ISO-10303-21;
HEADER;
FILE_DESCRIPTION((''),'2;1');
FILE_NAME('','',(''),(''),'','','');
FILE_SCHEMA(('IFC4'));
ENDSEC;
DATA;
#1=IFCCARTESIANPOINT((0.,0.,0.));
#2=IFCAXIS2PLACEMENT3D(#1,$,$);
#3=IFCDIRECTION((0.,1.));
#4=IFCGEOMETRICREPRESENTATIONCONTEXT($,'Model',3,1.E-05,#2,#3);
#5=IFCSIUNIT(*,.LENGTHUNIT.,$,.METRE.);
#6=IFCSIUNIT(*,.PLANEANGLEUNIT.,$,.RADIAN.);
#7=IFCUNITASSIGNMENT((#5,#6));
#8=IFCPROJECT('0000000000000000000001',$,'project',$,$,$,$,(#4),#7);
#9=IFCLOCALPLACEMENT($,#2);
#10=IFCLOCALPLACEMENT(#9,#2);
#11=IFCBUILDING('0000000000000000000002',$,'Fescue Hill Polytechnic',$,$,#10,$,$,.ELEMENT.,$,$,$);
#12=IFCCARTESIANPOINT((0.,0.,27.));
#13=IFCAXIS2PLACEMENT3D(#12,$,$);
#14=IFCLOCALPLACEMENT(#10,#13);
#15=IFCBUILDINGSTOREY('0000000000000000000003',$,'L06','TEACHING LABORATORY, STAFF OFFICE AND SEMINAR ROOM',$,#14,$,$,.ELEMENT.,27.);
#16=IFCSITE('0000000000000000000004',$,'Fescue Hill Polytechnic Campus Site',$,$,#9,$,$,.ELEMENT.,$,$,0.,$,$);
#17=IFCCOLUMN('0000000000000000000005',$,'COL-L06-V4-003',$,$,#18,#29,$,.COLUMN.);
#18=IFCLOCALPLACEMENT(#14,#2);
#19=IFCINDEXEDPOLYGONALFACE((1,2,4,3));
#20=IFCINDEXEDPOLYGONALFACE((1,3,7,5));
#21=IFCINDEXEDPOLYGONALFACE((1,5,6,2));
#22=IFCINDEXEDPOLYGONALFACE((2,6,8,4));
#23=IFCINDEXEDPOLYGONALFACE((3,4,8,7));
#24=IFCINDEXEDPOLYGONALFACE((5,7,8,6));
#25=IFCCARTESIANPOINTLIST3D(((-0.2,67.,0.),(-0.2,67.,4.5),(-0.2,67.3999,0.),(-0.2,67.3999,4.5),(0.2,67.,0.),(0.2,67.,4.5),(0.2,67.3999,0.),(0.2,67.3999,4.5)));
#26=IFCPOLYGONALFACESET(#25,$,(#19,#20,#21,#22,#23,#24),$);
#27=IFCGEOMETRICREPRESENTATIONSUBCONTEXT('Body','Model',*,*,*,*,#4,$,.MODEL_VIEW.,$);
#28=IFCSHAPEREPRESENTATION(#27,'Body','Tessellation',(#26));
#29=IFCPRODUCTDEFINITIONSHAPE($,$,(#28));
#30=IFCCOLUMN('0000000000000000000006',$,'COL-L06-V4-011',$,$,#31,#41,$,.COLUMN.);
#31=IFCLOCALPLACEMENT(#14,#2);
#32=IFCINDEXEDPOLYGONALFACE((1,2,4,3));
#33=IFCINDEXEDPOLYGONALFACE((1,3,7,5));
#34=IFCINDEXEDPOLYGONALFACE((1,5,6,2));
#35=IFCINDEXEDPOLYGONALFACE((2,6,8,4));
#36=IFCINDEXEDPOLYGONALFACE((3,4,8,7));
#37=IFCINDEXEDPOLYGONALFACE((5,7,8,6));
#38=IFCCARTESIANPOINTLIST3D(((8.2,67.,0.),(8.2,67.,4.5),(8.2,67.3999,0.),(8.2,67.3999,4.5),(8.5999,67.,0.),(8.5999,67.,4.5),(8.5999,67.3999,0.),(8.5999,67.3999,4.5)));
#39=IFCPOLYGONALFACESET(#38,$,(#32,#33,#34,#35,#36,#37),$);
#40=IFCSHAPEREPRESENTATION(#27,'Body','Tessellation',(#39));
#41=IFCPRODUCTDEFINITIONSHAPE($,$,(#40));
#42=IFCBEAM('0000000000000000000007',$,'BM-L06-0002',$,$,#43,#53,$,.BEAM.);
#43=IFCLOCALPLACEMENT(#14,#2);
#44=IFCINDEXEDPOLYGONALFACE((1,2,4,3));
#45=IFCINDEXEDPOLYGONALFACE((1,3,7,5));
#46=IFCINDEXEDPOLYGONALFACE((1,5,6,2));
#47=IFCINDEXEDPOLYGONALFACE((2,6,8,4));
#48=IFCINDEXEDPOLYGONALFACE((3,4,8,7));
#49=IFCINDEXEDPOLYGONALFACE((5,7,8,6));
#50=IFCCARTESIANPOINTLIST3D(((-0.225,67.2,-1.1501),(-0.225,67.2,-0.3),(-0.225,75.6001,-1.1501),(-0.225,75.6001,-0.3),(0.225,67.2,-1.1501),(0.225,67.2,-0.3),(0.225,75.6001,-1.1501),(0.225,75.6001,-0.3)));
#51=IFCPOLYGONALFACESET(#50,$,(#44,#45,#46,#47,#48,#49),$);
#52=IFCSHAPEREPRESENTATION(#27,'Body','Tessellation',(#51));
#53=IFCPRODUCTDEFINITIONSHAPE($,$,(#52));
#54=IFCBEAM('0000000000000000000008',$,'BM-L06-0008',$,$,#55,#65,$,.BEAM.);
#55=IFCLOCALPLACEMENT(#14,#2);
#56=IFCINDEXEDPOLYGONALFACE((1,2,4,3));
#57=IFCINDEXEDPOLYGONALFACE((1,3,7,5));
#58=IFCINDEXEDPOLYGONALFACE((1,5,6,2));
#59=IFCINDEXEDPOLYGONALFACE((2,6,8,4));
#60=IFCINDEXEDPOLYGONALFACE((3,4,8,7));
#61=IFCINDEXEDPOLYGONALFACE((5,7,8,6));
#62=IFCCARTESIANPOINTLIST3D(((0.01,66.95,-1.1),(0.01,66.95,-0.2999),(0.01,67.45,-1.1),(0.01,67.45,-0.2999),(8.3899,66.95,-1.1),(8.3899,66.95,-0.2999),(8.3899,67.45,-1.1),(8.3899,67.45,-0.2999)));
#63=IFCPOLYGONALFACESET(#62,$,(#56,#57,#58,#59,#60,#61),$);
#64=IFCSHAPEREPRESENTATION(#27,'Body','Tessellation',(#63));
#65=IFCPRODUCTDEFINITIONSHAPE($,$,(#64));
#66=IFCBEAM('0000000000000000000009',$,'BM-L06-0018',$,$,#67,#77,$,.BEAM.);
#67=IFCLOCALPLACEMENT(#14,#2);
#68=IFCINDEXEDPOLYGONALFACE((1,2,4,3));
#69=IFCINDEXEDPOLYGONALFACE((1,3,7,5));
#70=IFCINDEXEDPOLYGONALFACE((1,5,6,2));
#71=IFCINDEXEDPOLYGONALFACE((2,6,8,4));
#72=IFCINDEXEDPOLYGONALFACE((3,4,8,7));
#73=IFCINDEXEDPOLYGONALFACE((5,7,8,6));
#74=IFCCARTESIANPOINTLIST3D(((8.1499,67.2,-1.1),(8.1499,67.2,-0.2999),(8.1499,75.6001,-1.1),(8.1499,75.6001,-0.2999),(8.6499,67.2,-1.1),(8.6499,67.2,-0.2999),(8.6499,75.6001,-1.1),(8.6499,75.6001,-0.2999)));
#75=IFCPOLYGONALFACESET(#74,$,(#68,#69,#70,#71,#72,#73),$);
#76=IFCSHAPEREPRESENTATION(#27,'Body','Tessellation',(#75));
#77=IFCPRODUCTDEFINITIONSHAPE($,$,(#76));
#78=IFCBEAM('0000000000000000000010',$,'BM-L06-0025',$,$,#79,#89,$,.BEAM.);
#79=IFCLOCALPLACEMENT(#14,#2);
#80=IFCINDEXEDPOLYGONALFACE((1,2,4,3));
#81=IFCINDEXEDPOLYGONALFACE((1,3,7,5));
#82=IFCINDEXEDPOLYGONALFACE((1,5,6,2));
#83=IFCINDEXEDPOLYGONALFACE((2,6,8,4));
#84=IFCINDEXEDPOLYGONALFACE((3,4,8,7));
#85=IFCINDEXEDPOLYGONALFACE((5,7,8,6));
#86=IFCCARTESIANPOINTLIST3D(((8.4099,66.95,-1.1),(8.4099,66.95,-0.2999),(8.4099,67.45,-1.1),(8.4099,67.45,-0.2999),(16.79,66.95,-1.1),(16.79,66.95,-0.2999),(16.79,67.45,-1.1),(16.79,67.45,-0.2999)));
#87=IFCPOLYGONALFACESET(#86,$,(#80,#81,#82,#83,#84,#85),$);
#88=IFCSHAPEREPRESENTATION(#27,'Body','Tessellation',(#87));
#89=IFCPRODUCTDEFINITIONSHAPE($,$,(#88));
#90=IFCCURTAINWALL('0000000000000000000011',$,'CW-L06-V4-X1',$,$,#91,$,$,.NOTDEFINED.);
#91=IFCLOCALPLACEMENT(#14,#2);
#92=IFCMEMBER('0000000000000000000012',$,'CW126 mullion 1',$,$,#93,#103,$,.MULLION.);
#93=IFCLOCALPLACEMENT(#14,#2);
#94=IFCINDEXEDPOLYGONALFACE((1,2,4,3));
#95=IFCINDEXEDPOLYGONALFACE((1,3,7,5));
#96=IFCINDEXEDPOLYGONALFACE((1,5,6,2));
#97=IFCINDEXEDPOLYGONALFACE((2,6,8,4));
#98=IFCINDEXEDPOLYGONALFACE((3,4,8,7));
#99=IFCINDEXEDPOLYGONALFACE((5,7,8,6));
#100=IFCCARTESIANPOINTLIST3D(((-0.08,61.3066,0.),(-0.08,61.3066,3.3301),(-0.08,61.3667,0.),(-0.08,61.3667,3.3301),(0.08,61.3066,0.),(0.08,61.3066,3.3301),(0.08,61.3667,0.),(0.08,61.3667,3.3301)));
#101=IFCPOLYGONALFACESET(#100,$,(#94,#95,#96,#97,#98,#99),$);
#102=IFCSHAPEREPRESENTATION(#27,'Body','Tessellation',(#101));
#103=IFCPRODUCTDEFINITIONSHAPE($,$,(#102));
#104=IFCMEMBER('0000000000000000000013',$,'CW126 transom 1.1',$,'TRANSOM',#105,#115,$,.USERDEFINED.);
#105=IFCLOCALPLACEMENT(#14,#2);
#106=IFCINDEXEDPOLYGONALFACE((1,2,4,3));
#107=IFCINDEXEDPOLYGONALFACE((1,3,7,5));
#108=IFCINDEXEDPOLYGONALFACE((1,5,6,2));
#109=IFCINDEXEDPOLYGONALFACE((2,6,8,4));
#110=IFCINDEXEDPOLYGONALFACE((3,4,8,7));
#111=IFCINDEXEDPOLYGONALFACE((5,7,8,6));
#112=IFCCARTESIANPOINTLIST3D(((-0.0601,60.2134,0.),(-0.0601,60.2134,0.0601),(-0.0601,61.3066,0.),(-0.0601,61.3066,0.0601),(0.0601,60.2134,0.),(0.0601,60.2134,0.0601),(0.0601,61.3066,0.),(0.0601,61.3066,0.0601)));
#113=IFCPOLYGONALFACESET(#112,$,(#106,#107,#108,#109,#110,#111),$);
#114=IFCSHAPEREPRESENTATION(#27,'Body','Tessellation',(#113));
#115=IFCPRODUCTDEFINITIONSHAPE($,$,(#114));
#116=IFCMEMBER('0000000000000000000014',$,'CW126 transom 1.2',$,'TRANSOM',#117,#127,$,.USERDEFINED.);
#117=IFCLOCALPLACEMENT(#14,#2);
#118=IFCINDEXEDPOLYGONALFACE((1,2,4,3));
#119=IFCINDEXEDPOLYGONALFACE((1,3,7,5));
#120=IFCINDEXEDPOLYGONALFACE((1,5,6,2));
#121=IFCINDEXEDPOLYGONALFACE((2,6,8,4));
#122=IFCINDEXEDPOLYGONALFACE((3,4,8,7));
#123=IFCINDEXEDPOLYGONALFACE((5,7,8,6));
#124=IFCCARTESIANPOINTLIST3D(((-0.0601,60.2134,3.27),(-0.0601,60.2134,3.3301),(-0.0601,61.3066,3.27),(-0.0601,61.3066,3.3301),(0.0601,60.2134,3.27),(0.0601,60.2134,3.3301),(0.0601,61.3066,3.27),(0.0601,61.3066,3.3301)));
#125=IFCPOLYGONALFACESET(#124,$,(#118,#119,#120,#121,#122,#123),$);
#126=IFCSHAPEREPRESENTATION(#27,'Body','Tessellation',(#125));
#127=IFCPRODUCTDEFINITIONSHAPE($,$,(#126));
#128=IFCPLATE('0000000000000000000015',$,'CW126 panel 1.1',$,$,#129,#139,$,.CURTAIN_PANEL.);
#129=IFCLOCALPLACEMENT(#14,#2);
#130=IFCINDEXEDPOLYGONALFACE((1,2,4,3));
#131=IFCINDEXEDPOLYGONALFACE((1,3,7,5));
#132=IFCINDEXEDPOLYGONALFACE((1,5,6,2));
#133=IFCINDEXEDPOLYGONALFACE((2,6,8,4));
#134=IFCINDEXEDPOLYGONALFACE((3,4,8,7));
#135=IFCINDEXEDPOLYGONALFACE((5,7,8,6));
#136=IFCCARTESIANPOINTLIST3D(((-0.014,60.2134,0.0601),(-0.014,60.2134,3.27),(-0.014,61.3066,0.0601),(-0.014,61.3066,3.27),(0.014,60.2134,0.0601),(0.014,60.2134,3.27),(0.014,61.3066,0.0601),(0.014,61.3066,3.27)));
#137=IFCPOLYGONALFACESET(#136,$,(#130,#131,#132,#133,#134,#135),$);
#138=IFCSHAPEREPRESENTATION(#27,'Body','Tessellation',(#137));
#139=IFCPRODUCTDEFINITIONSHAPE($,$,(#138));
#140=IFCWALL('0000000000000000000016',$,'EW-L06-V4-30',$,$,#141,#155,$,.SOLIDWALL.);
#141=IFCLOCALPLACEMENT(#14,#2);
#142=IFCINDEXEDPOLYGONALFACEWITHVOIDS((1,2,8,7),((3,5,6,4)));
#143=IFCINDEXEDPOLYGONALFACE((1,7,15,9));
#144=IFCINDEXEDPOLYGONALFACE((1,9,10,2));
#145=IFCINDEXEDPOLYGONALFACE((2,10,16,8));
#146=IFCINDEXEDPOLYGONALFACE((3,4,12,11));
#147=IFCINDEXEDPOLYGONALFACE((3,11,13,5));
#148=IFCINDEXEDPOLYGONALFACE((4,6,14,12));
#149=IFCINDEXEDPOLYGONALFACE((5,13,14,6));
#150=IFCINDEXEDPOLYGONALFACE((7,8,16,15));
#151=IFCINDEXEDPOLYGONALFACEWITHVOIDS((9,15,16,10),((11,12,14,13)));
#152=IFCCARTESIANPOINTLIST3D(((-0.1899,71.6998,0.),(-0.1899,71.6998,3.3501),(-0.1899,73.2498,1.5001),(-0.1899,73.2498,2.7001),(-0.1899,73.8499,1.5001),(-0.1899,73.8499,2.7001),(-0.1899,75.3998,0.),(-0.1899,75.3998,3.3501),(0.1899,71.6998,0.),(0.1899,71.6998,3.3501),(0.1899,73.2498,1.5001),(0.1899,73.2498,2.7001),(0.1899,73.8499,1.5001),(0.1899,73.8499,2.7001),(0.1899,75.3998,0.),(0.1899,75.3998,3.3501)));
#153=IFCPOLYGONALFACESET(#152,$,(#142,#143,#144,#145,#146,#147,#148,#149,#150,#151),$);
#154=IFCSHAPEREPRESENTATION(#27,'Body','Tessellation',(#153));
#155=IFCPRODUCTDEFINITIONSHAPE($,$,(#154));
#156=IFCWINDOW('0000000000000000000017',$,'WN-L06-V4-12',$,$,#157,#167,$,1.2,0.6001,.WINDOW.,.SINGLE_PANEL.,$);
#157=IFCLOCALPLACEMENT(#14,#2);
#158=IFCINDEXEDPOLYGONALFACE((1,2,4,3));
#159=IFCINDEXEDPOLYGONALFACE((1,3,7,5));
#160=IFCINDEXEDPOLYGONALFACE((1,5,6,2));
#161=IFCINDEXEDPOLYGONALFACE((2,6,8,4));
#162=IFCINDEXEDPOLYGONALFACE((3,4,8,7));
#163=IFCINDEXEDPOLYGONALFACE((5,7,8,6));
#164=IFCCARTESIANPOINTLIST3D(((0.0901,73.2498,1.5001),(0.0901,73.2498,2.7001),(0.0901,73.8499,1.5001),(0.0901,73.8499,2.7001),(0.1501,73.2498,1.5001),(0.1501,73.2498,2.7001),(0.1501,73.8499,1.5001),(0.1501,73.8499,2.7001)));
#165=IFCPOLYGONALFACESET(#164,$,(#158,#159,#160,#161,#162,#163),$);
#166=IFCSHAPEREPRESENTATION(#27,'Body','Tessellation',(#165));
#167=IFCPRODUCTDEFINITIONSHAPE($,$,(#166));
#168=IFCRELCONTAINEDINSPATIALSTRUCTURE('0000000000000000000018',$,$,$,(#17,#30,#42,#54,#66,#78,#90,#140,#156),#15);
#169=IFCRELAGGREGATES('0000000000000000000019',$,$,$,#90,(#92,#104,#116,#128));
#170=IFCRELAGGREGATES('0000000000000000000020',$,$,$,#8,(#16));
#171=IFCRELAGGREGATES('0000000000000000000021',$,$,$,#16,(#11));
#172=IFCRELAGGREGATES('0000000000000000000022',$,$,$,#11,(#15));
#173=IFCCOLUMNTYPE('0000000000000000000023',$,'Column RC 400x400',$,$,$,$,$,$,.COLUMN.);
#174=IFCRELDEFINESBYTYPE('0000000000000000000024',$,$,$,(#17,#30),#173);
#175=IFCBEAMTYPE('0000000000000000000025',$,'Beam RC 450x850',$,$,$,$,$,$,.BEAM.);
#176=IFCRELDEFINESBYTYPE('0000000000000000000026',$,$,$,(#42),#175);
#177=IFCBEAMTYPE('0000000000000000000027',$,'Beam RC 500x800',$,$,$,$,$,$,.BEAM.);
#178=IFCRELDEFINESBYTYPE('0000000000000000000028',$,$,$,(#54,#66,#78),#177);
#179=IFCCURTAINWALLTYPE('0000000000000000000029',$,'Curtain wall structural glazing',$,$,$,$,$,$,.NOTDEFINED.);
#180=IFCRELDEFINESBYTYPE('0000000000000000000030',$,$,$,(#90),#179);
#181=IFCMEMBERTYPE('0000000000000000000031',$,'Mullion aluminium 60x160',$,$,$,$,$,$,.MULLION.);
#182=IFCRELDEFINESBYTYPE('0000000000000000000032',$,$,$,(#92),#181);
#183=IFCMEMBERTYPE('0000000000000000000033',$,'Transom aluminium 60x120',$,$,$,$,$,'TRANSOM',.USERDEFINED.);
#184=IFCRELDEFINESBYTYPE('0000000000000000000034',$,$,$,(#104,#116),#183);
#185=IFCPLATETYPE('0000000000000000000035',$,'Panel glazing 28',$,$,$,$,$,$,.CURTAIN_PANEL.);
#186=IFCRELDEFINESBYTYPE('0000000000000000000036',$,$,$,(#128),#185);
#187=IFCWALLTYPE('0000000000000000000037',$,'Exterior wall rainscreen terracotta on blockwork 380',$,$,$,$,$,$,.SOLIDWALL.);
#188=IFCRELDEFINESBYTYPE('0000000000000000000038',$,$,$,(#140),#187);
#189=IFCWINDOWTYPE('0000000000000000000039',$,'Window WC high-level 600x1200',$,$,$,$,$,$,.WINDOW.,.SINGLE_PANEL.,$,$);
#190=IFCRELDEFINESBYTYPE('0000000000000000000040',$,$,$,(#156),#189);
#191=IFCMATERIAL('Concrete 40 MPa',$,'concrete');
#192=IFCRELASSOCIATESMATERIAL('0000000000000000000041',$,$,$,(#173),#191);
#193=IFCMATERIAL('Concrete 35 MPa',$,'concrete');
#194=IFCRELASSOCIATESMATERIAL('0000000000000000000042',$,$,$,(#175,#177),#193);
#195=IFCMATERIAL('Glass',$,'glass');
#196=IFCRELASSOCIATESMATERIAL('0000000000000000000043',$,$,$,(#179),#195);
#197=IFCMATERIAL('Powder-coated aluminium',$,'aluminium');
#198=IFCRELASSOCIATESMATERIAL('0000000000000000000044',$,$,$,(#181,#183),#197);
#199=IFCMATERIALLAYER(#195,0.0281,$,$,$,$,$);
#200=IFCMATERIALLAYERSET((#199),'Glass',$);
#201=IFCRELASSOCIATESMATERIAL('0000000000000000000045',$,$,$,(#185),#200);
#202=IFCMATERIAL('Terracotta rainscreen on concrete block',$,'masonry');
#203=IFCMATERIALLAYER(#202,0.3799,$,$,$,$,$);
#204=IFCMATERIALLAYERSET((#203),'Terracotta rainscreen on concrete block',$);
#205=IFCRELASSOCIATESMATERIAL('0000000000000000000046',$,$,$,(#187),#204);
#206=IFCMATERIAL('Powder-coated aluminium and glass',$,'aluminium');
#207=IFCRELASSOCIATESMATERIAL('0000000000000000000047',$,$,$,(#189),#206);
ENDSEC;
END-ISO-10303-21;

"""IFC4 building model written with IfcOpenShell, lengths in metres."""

from ifc_helpers import new_model, si_unit, direction, frame, frame_2d, origin, origin_2d, place, context, subcontext, project, spatial, rectangle, extrude, material, layer, layer_set, material_profile, profile_set, type_object, element, fill, aggregate, save


model = new_model("IFC4")

# Units and contexts
model_context = context("Model", 3, precision=1e-05, world=origin(), true_north=direction((0.0, 1.0)))
body_context = subcontext(model_context, "Body", "Model", "MODEL_VIEW")
ifc_project = project(units=[si_unit("LENGTHUNIT", "METRE"), si_unit("PLANEANGLEUNIT", "RADIAN")], contexts=[model_context])

# Site, building, storey
site_placement = place(None, origin())
site = spatial("IfcSite", under=ifc_project, at=site_placement, Name="Fescue Hill Polytechnic Campus Site", CompositionType="ELEMENT", RefElevation=0.0)
building_placement = place(site_placement, origin())
building = spatial("IfcBuilding", under=site, at=building_placement, Name="Fescue Hill Polytechnic", CompositionType="ELEMENT")
storey_placement = place(building_placement, frame((0.0, 0.0, 27.0)))
storey = spatial("IfcBuildingStorey", under=building, at=storey_placement, Name="L06", Description="TEACHING LABORATORY, STAFF OFFICE AND SEMINAR ROOM", CompositionType="ELEMENT", Elevation=27.0)

# Columns
ifc_material_1 = material(Name="Concrete 40 MPa", Category="concrete")
ifc_material_profile_1 = material_profile(ifc_material_1, rectangle(XDim=0.3999, YDim=0.3999, at=origin_2d()), Name="RC 400x400")
ifc_profile_set_1 = profile_set([ifc_material_profile_1], Name="Concrete 40 MPa")
column_type = type_object("IfcColumnType", Name="Column RC 400x400", PredefinedType="COLUMN", material=ifc_profile_set_1)
for number, where, z_axis, x_axis, name in (
    (1, (0.0, 67.2, 0.0), (0.0, 0.0, 1.0), (1.0, 0.0, 0.0), "COL-L06-V4-003"),
    (2, (8.3999, 67.2, 0.0), (0.0, 0.0, 1.0), (1.0, 0.0, 0.0), "COL-L06-V4-011"),
):
    element("IfcColumn", number, at=place(storey_placement, frame(where, z_axis=z_axis, x_axis=x_axis)), inside=storey, type_object=column_type, Name=name, PredefinedType="COLUMN", context=body_context, shape_type="SweptSolid", body=[
        extrude(rectangle(XDim=0.3999, YDim=0.3999, at=origin_2d()), origin(), (0.0, 0.0, 1.0), 4.5),
    ])

# Beams
ifc_material_2 = material(Name="Concrete 35 MPa", Category="concrete")
ifc_material_profile_2 = material_profile(ifc_material_2, rectangle(XDim=0.45, YDim=0.8501, at=origin_2d()), Name="RC 450x850")
ifc_profile_set_2 = profile_set([ifc_material_profile_2], Name="Concrete 35 MPa")
beam_type_1 = type_object("IfcBeamType", Name="Beam RC 450x850", PredefinedType="BEAM", material=ifc_profile_set_2)
beam_1_placement = place(storey_placement, frame((0.0, 67.2, -0.7251), z_axis=(0.0, 1.0, 0.0), x_axis=(-1.0, 0.0, 0.0)))
element("IfcBeam", 3, at=beam_1_placement, inside=storey, type_object=beam_type_1, Name="BM-L06-0002", PredefinedType="BEAM", context=body_context, shape_type="SweptSolid", body=[
    extrude(rectangle(XDim=0.45, YDim=0.8501, at=origin_2d()), origin(), (0.0, 0.0, 1.0), 8.4001),
])
ifc_material_profile_3 = material_profile(ifc_material_2, rectangle(XDim=0.5, YDim=0.8, at=origin_2d()), Name="RC 500x800")
ifc_profile_set_3 = profile_set([ifc_material_profile_3], Name="Concrete 35 MPa")
beam_type_2 = type_object("IfcBeamType", Name="Beam RC 500x800", PredefinedType="BEAM", material=ifc_profile_set_3)
beam_2_placement = place(storey_placement, frame((0.01, 67.2, -0.7), z_axis=(1.0, 0.0, 0.0), x_axis=(0.0, 1.0, 0.0)))
element("IfcBeam", 4, at=beam_2_placement, inside=storey, type_object=beam_type_2, Name="BM-L06-0008", PredefinedType="BEAM", context=body_context, shape_type="SweptSolid", body=[
    extrude(rectangle(XDim=0.5, YDim=0.8, at=origin_2d()), origin(), (0.0, 0.0, 1.0), 8.3799),
])
beam_3_placement = place(storey_placement, frame((8.3999, 67.2, -0.7), z_axis=(0.0, 1.0, 0.0), x_axis=(-1.0, 0.0, 0.0)))
element("IfcBeam", 5, at=beam_3_placement, inside=storey, type_object=beam_type_2, Name="BM-L06-0018", PredefinedType="BEAM", context=body_context, shape_type="SweptSolid", body=[
    extrude(rectangle(XDim=0.5, YDim=0.8, at=origin_2d()), origin(), (0.0, 0.0, 1.0), 8.4001),
])
beam_4_placement = place(storey_placement, frame((8.4099, 67.2, -0.7), z_axis=(1.0, 0.0, 0.0), x_axis=(0.0, 1.0, 0.0)))
element("IfcBeam", 6, at=beam_4_placement, inside=storey, type_object=beam_type_2, Name="BM-L06-0025", PredefinedType="BEAM", context=body_context, shape_type="SweptSolid", body=[
    extrude(rectangle(XDim=0.5, YDim=0.8, at=origin_2d()), origin(), (0.0, 0.0, 1.0), 8.3801),
])

# Curtain wall, members, plate
ifc_material_3 = material(Name="Glass", Category="glass")
curtain_wall_type = type_object("IfcCurtainWallType", Name="Curtain wall structural glazing", PredefinedType="NOTDEFINED", material=ifc_material_3)
curtain_wall_placement = place(storey_placement, origin())
curtain_wall = element("IfcCurtainWall", 7, at=curtain_wall_placement, inside=storey, type_object=curtain_wall_type, Name="CW-L06-V4-X1", PredefinedType="NOTDEFINED")
ifc_material_4 = material(Name="Powder-coated aluminium", Category="aluminium")
ifc_material_profile_4 = material_profile(ifc_material_4, rectangle(XDim=0.1599, YDim=0.0601, at=origin_2d()), Name="Mullion aluminium 60x160")
ifc_profile_set_4 = profile_set([ifc_material_profile_4], Name="Powder-coated aluminium")
member_type_1 = type_object("IfcMemberType", Name="Mullion aluminium 60x160", PredefinedType="MULLION", material=ifc_profile_set_4)
member_1_placement = place(storey_placement, frame((0.0, 61.3367, 0.0), z_axis=(0.0, 0.0, 1.0), x_axis=(1.0, 0.0, 0.0)))
member_1 = element("IfcMember", 8, at=member_1_placement, type_object=member_type_1, Name="CW126 mullion 1", PredefinedType="MULLION", context=body_context, shape_type="SweptSolid", body=[
    extrude(rectangle(XDim=0.1599, YDim=0.0601, at=origin_2d()), origin(), (0.0, 0.0, 1.0), 3.3301),
])
ifc_material_profile_5 = material_profile(ifc_material_4, rectangle(XDim=0.1201, YDim=0.0601, at=origin_2d()), Name="Transom aluminium 60x120")
ifc_profile_set_5 = profile_set([ifc_material_profile_5], Name="Powder-coated aluminium")
member_type_2 = type_object("IfcMemberType", Name="Transom aluminium 60x120", ElementType="TRANSOM", PredefinedType="USERDEFINED", material=ifc_profile_set_5)
member_2_placement = place(storey_placement, frame((0.0, 61.3066, 0.03), z_axis=(0.0, -1.0, 0.0), x_axis=(1.0, 0.0, 0.0)))
member_2 = element("IfcMember", 9, at=member_2_placement, type_object=member_type_2, Name="CW126 transom 1.1", ObjectType="TRANSOM", PredefinedType="USERDEFINED", context=body_context, shape_type="SweptSolid", body=[
    extrude(rectangle(XDim=0.1201, YDim=0.0601, at=origin_2d()), origin(), (0.0, 0.0, 1.0), 1.0933),
])
member_3_placement = place(storey_placement, frame((0.0, 61.3066, 3.3), z_axis=(0.0, -1.0, 0.0), x_axis=(1.0, 0.0, 0.0)))
member_3 = element("IfcMember", 10, at=member_3_placement, type_object=member_type_2, Name="CW126 transom 1.2", ObjectType="TRANSOM", PredefinedType="USERDEFINED", context=body_context, shape_type="SweptSolid", body=[
    extrude(rectangle(XDim=0.1201, YDim=0.0601, at=origin_2d()), origin(), (0.0, 0.0, 1.0), 1.0933),
])
ifc_layer_1 = layer(ifc_material_3, 0.0281)
ifc_layer_set_1 = layer_set([ifc_layer_1], Name="Glass")
plate_type = type_object("IfcPlateType", Name="Panel glazing 28", PredefinedType="CURTAIN_PANEL", material=ifc_layer_set_1)
plate_placement = place(storey_placement, frame((0.0, 60.76, 0.0601), z_axis=(0.0, 0.0, 1.0), x_axis=(0.0, -1.0, 0.0)))
plate = element("IfcPlate", 11, at=plate_placement, type_object=plate_type, Name="CW126 panel 1.1", PredefinedType="CURTAIN_PANEL", context=body_context, shape_type="SweptSolid", body=[
    extrude(rectangle(XDim=1.0933, YDim=0.0281, at=origin_2d()), origin(), (0.0, 0.0, 1.0), 3.21),
])
aggregate(curtain_wall, [member_1, member_2, member_3, plate])

# Wall, opening, window
ifc_material_5 = material(Name="Terracotta rainscreen on concrete block", Category="masonry")
ifc_layer_2 = layer(ifc_material_5, 0.3799)
ifc_layer_set_2 = layer_set([ifc_layer_2], Name="Terracotta rainscreen on concrete block")
wall_type_1 = type_object("IfcWallType", Name="Exterior wall rainscreen terracotta on blockwork 380", PredefinedType="SOLIDWALL", material=ifc_layer_set_2)
wall_1_placement = place(storey_placement, frame((0.0, 75.3999, 0.0), z_axis=(0.0, 0.0, 1.0), x_axis=(0.0, -1.0, 0.0)))
wall_1 = element("IfcWall", 12, at=wall_1_placement, inside=storey, type_object=wall_type_1, Name="EW-L06-V4-30", PredefinedType="SOLIDWALL", context=body_context, shape_type="SweptSolid", body=[
    extrude(rectangle(XDim=3.7, YDim=0.3799, at=frame_2d((1.8501, 0.0))), origin(), (0.0, 0.0, 1.0), 3.3501),
])
opening_1_placement = place(wall_1_placement, frame((1.55, 0.0, 1.5)))
opening_1 = element("IfcOpeningElement", 13, at=opening_1_placement, cuts=wall_1, PredefinedType="OPENING", context=body_context, shape_type="SweptSolid", body=[
    extrude(rectangle(XDim=0.6001, YDim=1.2, at=frame_2d((0.3, 0.6001))), frame((0.0, 0.2, 0.0), z_axis=(0.0, -1.0, 0.0), x_axis=(1.0, 0.0, 0.0)), (0.0, 0.0, 1.0), 0.3999),
])
ifc_material_6 = material(Name="Powder-coated aluminium and glass", Category="aluminium")
window_type_1 = type_object("IfcWindowType", Name="Window WC high-level 600x1200", PartitioningType="SINGLE_PANEL", PredefinedType="WINDOW", material=ifc_material_6)
window_1_placement = place(opening_1_placement, origin())
window_1 = element("IfcWindow", 14, at=window_1_placement, inside=storey, type_object=window_type_1, Name="WN-L06-V4-12", OverallHeight=1.2, OverallWidth=0.6001, PartitioningType="SINGLE_PANEL", PredefinedType="WINDOW", context=body_context, shape_type="SweptSolid", body=[
    extrude(rectangle(XDim=0.6001, YDim=1.2, at=frame_2d((0.3, 0.6001))), frame((0.0, 0.1501, 0.0), z_axis=(0.0, -1.0, 0.0), x_axis=(1.0, 0.0, 0.0)), (0.0, 0.0, 1.0), 0.0601),
])
fill(opening_1, window_1)

save(model, "model.ifc")
